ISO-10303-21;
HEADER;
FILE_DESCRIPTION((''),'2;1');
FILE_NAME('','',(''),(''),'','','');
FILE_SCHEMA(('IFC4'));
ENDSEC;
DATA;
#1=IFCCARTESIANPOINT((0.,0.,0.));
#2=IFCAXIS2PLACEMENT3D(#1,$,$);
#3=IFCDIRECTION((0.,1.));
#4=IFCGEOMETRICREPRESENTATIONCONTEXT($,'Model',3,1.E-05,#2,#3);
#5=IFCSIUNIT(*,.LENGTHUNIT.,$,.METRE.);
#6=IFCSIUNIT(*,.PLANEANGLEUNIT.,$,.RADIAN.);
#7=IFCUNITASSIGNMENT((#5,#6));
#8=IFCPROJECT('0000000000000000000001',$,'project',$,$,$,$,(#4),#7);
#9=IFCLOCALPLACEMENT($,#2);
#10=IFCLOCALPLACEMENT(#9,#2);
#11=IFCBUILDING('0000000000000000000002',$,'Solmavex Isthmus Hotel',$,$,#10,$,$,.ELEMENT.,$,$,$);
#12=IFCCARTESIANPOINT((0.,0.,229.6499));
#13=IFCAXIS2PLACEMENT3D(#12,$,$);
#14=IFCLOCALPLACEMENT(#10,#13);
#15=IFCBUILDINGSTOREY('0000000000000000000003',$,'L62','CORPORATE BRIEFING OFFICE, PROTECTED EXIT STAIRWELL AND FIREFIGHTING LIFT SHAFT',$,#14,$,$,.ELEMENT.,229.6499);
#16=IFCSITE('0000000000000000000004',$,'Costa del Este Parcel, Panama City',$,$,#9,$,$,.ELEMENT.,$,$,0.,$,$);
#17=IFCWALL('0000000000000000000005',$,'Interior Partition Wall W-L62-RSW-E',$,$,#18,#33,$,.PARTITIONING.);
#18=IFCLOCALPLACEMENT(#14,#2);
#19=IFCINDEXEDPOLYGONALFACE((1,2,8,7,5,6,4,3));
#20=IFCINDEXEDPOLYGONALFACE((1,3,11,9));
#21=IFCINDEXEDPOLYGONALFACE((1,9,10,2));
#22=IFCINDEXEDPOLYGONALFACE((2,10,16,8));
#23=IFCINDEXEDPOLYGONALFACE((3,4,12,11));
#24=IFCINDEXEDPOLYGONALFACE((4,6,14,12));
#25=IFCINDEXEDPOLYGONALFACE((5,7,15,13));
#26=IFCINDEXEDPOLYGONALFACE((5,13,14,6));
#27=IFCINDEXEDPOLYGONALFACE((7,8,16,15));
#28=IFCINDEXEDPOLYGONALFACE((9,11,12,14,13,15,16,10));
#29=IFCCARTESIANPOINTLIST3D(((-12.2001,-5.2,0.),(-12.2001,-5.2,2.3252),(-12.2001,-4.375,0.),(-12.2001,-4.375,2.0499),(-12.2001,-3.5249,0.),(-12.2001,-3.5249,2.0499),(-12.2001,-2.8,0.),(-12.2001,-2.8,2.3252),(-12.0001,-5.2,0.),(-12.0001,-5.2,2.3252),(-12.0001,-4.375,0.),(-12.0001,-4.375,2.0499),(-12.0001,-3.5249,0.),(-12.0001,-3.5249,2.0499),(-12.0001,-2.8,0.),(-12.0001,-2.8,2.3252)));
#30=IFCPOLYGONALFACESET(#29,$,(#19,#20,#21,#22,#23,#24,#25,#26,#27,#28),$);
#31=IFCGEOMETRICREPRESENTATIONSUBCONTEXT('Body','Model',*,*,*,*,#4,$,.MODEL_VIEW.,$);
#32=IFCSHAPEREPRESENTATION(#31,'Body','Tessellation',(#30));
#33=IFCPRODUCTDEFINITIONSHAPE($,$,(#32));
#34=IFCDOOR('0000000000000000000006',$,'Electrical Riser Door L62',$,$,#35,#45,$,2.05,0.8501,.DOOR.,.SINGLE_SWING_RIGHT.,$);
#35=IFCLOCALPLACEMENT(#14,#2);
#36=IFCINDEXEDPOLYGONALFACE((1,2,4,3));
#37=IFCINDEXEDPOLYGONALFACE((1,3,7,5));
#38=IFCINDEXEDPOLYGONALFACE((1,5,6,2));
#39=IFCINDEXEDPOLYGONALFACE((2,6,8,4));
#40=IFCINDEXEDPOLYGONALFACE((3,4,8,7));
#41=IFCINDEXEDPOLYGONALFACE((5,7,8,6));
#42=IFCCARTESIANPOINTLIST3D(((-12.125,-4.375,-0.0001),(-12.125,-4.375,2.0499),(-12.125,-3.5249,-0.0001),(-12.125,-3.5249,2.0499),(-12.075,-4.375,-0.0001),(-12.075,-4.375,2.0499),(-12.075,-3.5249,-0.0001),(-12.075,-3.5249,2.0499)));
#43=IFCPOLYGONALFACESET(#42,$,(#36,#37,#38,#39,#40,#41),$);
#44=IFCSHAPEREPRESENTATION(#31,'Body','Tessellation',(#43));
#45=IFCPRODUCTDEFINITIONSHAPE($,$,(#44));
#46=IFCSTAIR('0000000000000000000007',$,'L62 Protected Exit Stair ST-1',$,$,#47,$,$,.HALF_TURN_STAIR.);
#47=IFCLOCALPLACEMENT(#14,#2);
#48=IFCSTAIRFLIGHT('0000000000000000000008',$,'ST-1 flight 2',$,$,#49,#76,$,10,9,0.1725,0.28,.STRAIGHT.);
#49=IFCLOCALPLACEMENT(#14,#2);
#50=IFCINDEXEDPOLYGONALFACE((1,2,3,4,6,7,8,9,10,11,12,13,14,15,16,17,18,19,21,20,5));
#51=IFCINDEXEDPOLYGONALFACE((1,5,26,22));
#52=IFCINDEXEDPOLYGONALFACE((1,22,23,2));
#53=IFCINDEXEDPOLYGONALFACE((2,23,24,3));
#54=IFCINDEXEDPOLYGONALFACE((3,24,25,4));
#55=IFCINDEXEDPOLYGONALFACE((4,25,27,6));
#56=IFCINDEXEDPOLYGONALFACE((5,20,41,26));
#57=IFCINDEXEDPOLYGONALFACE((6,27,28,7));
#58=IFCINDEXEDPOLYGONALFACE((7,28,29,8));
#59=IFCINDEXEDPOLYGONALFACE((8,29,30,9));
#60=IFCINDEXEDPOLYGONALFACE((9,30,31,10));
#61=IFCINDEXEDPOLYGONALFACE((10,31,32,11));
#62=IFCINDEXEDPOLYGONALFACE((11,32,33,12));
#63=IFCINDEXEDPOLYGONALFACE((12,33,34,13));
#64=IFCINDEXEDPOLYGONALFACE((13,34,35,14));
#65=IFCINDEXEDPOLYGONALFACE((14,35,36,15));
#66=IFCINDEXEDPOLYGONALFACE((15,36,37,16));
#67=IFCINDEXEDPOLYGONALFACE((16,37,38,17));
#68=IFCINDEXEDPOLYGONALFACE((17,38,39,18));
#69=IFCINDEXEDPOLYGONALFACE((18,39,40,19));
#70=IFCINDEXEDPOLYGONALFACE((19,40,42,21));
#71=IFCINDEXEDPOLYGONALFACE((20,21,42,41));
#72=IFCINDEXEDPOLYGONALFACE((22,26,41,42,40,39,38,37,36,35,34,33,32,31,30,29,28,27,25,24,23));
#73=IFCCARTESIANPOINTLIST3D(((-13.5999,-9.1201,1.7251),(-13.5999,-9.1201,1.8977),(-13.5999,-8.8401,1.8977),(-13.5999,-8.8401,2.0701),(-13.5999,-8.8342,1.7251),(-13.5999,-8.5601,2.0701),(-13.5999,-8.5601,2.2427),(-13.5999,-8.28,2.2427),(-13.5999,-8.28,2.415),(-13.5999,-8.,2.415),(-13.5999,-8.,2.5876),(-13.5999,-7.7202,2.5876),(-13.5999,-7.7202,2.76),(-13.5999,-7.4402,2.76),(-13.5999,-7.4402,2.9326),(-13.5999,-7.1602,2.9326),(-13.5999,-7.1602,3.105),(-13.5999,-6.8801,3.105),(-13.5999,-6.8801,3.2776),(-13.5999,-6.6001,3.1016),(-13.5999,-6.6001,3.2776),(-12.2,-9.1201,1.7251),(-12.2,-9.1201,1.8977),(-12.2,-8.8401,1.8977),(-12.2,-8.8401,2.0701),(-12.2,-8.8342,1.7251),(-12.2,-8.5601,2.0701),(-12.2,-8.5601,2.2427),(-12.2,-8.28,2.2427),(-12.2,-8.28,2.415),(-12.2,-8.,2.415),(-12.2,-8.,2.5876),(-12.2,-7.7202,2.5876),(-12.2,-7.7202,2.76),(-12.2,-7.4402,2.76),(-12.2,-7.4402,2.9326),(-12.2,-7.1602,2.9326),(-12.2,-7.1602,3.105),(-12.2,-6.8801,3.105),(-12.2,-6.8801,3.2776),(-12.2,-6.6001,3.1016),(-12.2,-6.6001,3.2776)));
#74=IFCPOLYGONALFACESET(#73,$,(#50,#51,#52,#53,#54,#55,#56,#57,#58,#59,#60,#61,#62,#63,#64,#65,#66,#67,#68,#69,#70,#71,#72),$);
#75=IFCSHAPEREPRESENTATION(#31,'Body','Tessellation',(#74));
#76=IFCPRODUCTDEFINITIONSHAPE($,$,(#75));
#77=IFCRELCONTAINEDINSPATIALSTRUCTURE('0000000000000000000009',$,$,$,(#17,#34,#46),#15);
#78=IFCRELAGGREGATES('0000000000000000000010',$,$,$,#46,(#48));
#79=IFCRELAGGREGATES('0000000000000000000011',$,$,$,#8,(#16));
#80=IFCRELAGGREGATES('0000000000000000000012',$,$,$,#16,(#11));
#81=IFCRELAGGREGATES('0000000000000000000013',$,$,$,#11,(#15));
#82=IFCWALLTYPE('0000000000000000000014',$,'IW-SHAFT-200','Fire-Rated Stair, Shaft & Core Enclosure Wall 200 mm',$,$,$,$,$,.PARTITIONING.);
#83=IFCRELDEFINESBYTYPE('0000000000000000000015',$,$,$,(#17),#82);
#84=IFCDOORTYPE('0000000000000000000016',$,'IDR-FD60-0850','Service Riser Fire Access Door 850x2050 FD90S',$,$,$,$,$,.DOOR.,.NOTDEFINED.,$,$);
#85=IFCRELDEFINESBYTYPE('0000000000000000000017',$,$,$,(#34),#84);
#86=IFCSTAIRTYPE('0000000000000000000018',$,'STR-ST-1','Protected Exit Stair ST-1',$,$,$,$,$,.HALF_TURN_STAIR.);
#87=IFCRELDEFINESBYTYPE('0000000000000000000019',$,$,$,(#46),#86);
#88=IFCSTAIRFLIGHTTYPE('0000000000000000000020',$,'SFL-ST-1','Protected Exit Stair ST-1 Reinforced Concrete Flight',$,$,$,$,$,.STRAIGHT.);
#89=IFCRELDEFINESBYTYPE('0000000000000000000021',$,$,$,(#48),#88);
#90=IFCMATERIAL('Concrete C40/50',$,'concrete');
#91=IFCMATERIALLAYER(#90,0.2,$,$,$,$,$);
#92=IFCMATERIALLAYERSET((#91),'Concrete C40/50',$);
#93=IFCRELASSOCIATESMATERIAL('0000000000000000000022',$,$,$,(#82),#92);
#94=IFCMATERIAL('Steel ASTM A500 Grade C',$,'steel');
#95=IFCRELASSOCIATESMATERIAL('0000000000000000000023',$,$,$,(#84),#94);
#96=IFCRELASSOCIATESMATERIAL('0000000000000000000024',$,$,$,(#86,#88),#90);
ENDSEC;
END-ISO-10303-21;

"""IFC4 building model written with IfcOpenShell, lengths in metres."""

from ifc_helpers import new_model, si_unit, direction, frame, frame_2d, origin, place, context, subcontext, project, spatial, polyline, rectangle, outline, extrude, material, layer, layer_set, type_object, element, fill, aggregate, save


model = new_model("IFC4")

# Units and contexts
model_context = context("Model", 3, precision=1e-05, world=origin(), true_north=direction((0.0, 1.0)))
body_context = subcontext(model_context, "Body", "Model", "MODEL_VIEW")
ifc_project = project(units=[si_unit("LENGTHUNIT", "METRE"), si_unit("PLANEANGLEUNIT", "RADIAN")], contexts=[model_context])

# Site, building, storey
site_placement = place(None, origin())
site = spatial("IfcSite", under=ifc_project, at=site_placement, Name="Costa del Este Parcel, Panama City", CompositionType="ELEMENT", RefElevation=0.0)
building_placement = place(site_placement, origin())
building = spatial("IfcBuilding", under=site, at=building_placement, Name="Solmavex Isthmus Hotel", CompositionType="ELEMENT")
storey_placement = place(building_placement, frame((0.0, 0.0, 229.6499)))
storey = spatial("IfcBuildingStorey", under=building, at=storey_placement, Name="L62", Description="CORPORATE BRIEFING OFFICE, PROTECTED EXIT STAIRWELL AND FIREFIGHTING LIFT SHAFT", CompositionType="ELEMENT", Elevation=229.6499)

# Wall, opening, door
ifc_material_1 = material(Name="Concrete C40/50", Category="concrete")
ifc_layer_1 = layer(ifc_material_1, 0.2)
ifc_layer_set_1 = layer_set([ifc_layer_1], Name="Concrete C40/50")
wall_type_1 = type_object("IfcWallType", Name="IW-SHAFT-200", Description="Fire-Rated Stair, Shaft & Core Enclosure Wall 200 mm", PredefinedType="PARTITIONING", material=ifc_layer_set_1)
wall_1_placement = place(storey_placement, frame((-12.1001, -5.2, 0.0), z_axis=(0.0, 0.0, 1.0), x_axis=(0.0, 1.0, 0.0)))
wall_1 = element("IfcWall", 1, at=wall_1_placement, inside=storey, type_object=wall_type_1, Name="Interior Partition Wall W-L62-RSW-E", PredefinedType="PARTITIONING", context=body_context, shape_type="SweptSolid", body=[
    extrude(rectangle(XDim=2.3999, YDim=0.2, at=frame_2d((1.2, 0.0))), origin(), (0.0, 0.0, 1.0), 2.3252),
])
opening_1_placement = place(wall_1_placement, frame((0.825, 0.0, 0.0)))
opening_1 = element("IfcOpeningElement", 2, at=opening_1_placement, cuts=wall_1, PredefinedType="OPENING", context=body_context, shape_type="SweptSolid", body=[
    extrude(rectangle(XDim=0.8501, YDim=2.05, at=frame_2d((0.425, 1.0249))), frame((0.0, 0.1099, 0.0), z_axis=(0.0, -1.0, 0.0), x_axis=(1.0, 0.0, 0.0)), (0.0, 0.0, 1.0), 0.22),
])
ifc_material_2 = material(Name="Steel ASTM A500 Grade C", Category="steel")
door_type_1 = type_object("IfcDoorType", Name="IDR-FD60-0850", Description="Service Riser Fire Access Door 850x2050 FD90S", OperationType="NOTDEFINED", PredefinedType="DOOR", material=ifc_material_2)
door_1_placement = place(opening_1_placement, origin())
door_1 = element("IfcDoor", 3, at=door_1_placement, inside=storey, type_object=door_type_1, Name="Electrical Riser Door L62", OperationType="SINGLE_SWING_RIGHT", OverallHeight=2.05, OverallWidth=0.8501, PredefinedType="DOOR", context=body_context, shape_type="SweptSolid", body=[
    extrude(rectangle(XDim=0.8501, YDim=2.05, at=frame_2d((0.425, 1.0249))), frame((0.0, 0.0249, 0.0), z_axis=(0.0, -1.0, 0.0), x_axis=(1.0, 0.0, 0.0)), (0.0, 0.0, 1.0), 0.05),
])
fill(opening_1, door_1)

# Stair, stair flight
stair_type = type_object("IfcStairType", Name="STR-ST-1", Description="Protected Exit Stair ST-1", PredefinedType="HALF_TURN_STAIR", material=ifc_material_1)
stair_placement = place(storey_placement, origin())
stair = element("IfcStair", 4, at=stair_placement, inside=storey, type_object=stair_type, Name="L62 Protected Exit Stair ST-1", PredefinedType="HALF_TURN_STAIR")
stair_flight_type = type_object("IfcStairFlightType", Name="SFL-ST-1", Description="Protected Exit Stair ST-1 Reinforced Concrete Flight", PredefinedType="STRAIGHT", material=ifc_material_1)
stair_flight_placement = place(storey_placement, frame((-12.8999, -9.1201, 1.7251), z_axis=(0.0, 0.0, 1.0), x_axis=(0.0, 1.0, 0.0)))
stair_flight = element("IfcStairFlight", 5, at=stair_flight_placement, type_object=stair_flight_type, Name="ST-1 flight 2", NumberOfRisers=10, NumberOfTreads=9, PredefinedType="STRAIGHT", RiserHeight=0.1725, TreadLength=0.28, context=body_context, shape_type="SweptSolid", body=[
    extrude(outline(polyline([(0.0, 0.0), (0.0, 0.1726), (0.28, 0.1726), (0.28, 0.345), (0.5601, 0.345), (0.5601, 0.5176), (0.8401, 0.5176), (0.8401, 0.6899), (1.1201, 0.6899), (1.1201, 0.8625), (1.3999, 0.8625), (1.3999, 1.0349), (1.6799, 1.0349), (1.6799, 1.2075), (1.96, 1.2075), (1.96, 1.3799), (2.24, 1.3799), (2.24, 1.5525), (2.52, 1.5525), (2.52, 1.7251), (2.52, 1.3765), (0.2859, 0.0), (0.0, 0.0)])), frame((0.0, 0.7, 0.0), z_axis=(0.0, -1.0, 0.0), x_axis=(1.0, 0.0, 0.0)), (0.0, 0.0, 1.0), 1.3999),
])
aggregate(stair, [stair_flight])

save(model, "model.ifc")
